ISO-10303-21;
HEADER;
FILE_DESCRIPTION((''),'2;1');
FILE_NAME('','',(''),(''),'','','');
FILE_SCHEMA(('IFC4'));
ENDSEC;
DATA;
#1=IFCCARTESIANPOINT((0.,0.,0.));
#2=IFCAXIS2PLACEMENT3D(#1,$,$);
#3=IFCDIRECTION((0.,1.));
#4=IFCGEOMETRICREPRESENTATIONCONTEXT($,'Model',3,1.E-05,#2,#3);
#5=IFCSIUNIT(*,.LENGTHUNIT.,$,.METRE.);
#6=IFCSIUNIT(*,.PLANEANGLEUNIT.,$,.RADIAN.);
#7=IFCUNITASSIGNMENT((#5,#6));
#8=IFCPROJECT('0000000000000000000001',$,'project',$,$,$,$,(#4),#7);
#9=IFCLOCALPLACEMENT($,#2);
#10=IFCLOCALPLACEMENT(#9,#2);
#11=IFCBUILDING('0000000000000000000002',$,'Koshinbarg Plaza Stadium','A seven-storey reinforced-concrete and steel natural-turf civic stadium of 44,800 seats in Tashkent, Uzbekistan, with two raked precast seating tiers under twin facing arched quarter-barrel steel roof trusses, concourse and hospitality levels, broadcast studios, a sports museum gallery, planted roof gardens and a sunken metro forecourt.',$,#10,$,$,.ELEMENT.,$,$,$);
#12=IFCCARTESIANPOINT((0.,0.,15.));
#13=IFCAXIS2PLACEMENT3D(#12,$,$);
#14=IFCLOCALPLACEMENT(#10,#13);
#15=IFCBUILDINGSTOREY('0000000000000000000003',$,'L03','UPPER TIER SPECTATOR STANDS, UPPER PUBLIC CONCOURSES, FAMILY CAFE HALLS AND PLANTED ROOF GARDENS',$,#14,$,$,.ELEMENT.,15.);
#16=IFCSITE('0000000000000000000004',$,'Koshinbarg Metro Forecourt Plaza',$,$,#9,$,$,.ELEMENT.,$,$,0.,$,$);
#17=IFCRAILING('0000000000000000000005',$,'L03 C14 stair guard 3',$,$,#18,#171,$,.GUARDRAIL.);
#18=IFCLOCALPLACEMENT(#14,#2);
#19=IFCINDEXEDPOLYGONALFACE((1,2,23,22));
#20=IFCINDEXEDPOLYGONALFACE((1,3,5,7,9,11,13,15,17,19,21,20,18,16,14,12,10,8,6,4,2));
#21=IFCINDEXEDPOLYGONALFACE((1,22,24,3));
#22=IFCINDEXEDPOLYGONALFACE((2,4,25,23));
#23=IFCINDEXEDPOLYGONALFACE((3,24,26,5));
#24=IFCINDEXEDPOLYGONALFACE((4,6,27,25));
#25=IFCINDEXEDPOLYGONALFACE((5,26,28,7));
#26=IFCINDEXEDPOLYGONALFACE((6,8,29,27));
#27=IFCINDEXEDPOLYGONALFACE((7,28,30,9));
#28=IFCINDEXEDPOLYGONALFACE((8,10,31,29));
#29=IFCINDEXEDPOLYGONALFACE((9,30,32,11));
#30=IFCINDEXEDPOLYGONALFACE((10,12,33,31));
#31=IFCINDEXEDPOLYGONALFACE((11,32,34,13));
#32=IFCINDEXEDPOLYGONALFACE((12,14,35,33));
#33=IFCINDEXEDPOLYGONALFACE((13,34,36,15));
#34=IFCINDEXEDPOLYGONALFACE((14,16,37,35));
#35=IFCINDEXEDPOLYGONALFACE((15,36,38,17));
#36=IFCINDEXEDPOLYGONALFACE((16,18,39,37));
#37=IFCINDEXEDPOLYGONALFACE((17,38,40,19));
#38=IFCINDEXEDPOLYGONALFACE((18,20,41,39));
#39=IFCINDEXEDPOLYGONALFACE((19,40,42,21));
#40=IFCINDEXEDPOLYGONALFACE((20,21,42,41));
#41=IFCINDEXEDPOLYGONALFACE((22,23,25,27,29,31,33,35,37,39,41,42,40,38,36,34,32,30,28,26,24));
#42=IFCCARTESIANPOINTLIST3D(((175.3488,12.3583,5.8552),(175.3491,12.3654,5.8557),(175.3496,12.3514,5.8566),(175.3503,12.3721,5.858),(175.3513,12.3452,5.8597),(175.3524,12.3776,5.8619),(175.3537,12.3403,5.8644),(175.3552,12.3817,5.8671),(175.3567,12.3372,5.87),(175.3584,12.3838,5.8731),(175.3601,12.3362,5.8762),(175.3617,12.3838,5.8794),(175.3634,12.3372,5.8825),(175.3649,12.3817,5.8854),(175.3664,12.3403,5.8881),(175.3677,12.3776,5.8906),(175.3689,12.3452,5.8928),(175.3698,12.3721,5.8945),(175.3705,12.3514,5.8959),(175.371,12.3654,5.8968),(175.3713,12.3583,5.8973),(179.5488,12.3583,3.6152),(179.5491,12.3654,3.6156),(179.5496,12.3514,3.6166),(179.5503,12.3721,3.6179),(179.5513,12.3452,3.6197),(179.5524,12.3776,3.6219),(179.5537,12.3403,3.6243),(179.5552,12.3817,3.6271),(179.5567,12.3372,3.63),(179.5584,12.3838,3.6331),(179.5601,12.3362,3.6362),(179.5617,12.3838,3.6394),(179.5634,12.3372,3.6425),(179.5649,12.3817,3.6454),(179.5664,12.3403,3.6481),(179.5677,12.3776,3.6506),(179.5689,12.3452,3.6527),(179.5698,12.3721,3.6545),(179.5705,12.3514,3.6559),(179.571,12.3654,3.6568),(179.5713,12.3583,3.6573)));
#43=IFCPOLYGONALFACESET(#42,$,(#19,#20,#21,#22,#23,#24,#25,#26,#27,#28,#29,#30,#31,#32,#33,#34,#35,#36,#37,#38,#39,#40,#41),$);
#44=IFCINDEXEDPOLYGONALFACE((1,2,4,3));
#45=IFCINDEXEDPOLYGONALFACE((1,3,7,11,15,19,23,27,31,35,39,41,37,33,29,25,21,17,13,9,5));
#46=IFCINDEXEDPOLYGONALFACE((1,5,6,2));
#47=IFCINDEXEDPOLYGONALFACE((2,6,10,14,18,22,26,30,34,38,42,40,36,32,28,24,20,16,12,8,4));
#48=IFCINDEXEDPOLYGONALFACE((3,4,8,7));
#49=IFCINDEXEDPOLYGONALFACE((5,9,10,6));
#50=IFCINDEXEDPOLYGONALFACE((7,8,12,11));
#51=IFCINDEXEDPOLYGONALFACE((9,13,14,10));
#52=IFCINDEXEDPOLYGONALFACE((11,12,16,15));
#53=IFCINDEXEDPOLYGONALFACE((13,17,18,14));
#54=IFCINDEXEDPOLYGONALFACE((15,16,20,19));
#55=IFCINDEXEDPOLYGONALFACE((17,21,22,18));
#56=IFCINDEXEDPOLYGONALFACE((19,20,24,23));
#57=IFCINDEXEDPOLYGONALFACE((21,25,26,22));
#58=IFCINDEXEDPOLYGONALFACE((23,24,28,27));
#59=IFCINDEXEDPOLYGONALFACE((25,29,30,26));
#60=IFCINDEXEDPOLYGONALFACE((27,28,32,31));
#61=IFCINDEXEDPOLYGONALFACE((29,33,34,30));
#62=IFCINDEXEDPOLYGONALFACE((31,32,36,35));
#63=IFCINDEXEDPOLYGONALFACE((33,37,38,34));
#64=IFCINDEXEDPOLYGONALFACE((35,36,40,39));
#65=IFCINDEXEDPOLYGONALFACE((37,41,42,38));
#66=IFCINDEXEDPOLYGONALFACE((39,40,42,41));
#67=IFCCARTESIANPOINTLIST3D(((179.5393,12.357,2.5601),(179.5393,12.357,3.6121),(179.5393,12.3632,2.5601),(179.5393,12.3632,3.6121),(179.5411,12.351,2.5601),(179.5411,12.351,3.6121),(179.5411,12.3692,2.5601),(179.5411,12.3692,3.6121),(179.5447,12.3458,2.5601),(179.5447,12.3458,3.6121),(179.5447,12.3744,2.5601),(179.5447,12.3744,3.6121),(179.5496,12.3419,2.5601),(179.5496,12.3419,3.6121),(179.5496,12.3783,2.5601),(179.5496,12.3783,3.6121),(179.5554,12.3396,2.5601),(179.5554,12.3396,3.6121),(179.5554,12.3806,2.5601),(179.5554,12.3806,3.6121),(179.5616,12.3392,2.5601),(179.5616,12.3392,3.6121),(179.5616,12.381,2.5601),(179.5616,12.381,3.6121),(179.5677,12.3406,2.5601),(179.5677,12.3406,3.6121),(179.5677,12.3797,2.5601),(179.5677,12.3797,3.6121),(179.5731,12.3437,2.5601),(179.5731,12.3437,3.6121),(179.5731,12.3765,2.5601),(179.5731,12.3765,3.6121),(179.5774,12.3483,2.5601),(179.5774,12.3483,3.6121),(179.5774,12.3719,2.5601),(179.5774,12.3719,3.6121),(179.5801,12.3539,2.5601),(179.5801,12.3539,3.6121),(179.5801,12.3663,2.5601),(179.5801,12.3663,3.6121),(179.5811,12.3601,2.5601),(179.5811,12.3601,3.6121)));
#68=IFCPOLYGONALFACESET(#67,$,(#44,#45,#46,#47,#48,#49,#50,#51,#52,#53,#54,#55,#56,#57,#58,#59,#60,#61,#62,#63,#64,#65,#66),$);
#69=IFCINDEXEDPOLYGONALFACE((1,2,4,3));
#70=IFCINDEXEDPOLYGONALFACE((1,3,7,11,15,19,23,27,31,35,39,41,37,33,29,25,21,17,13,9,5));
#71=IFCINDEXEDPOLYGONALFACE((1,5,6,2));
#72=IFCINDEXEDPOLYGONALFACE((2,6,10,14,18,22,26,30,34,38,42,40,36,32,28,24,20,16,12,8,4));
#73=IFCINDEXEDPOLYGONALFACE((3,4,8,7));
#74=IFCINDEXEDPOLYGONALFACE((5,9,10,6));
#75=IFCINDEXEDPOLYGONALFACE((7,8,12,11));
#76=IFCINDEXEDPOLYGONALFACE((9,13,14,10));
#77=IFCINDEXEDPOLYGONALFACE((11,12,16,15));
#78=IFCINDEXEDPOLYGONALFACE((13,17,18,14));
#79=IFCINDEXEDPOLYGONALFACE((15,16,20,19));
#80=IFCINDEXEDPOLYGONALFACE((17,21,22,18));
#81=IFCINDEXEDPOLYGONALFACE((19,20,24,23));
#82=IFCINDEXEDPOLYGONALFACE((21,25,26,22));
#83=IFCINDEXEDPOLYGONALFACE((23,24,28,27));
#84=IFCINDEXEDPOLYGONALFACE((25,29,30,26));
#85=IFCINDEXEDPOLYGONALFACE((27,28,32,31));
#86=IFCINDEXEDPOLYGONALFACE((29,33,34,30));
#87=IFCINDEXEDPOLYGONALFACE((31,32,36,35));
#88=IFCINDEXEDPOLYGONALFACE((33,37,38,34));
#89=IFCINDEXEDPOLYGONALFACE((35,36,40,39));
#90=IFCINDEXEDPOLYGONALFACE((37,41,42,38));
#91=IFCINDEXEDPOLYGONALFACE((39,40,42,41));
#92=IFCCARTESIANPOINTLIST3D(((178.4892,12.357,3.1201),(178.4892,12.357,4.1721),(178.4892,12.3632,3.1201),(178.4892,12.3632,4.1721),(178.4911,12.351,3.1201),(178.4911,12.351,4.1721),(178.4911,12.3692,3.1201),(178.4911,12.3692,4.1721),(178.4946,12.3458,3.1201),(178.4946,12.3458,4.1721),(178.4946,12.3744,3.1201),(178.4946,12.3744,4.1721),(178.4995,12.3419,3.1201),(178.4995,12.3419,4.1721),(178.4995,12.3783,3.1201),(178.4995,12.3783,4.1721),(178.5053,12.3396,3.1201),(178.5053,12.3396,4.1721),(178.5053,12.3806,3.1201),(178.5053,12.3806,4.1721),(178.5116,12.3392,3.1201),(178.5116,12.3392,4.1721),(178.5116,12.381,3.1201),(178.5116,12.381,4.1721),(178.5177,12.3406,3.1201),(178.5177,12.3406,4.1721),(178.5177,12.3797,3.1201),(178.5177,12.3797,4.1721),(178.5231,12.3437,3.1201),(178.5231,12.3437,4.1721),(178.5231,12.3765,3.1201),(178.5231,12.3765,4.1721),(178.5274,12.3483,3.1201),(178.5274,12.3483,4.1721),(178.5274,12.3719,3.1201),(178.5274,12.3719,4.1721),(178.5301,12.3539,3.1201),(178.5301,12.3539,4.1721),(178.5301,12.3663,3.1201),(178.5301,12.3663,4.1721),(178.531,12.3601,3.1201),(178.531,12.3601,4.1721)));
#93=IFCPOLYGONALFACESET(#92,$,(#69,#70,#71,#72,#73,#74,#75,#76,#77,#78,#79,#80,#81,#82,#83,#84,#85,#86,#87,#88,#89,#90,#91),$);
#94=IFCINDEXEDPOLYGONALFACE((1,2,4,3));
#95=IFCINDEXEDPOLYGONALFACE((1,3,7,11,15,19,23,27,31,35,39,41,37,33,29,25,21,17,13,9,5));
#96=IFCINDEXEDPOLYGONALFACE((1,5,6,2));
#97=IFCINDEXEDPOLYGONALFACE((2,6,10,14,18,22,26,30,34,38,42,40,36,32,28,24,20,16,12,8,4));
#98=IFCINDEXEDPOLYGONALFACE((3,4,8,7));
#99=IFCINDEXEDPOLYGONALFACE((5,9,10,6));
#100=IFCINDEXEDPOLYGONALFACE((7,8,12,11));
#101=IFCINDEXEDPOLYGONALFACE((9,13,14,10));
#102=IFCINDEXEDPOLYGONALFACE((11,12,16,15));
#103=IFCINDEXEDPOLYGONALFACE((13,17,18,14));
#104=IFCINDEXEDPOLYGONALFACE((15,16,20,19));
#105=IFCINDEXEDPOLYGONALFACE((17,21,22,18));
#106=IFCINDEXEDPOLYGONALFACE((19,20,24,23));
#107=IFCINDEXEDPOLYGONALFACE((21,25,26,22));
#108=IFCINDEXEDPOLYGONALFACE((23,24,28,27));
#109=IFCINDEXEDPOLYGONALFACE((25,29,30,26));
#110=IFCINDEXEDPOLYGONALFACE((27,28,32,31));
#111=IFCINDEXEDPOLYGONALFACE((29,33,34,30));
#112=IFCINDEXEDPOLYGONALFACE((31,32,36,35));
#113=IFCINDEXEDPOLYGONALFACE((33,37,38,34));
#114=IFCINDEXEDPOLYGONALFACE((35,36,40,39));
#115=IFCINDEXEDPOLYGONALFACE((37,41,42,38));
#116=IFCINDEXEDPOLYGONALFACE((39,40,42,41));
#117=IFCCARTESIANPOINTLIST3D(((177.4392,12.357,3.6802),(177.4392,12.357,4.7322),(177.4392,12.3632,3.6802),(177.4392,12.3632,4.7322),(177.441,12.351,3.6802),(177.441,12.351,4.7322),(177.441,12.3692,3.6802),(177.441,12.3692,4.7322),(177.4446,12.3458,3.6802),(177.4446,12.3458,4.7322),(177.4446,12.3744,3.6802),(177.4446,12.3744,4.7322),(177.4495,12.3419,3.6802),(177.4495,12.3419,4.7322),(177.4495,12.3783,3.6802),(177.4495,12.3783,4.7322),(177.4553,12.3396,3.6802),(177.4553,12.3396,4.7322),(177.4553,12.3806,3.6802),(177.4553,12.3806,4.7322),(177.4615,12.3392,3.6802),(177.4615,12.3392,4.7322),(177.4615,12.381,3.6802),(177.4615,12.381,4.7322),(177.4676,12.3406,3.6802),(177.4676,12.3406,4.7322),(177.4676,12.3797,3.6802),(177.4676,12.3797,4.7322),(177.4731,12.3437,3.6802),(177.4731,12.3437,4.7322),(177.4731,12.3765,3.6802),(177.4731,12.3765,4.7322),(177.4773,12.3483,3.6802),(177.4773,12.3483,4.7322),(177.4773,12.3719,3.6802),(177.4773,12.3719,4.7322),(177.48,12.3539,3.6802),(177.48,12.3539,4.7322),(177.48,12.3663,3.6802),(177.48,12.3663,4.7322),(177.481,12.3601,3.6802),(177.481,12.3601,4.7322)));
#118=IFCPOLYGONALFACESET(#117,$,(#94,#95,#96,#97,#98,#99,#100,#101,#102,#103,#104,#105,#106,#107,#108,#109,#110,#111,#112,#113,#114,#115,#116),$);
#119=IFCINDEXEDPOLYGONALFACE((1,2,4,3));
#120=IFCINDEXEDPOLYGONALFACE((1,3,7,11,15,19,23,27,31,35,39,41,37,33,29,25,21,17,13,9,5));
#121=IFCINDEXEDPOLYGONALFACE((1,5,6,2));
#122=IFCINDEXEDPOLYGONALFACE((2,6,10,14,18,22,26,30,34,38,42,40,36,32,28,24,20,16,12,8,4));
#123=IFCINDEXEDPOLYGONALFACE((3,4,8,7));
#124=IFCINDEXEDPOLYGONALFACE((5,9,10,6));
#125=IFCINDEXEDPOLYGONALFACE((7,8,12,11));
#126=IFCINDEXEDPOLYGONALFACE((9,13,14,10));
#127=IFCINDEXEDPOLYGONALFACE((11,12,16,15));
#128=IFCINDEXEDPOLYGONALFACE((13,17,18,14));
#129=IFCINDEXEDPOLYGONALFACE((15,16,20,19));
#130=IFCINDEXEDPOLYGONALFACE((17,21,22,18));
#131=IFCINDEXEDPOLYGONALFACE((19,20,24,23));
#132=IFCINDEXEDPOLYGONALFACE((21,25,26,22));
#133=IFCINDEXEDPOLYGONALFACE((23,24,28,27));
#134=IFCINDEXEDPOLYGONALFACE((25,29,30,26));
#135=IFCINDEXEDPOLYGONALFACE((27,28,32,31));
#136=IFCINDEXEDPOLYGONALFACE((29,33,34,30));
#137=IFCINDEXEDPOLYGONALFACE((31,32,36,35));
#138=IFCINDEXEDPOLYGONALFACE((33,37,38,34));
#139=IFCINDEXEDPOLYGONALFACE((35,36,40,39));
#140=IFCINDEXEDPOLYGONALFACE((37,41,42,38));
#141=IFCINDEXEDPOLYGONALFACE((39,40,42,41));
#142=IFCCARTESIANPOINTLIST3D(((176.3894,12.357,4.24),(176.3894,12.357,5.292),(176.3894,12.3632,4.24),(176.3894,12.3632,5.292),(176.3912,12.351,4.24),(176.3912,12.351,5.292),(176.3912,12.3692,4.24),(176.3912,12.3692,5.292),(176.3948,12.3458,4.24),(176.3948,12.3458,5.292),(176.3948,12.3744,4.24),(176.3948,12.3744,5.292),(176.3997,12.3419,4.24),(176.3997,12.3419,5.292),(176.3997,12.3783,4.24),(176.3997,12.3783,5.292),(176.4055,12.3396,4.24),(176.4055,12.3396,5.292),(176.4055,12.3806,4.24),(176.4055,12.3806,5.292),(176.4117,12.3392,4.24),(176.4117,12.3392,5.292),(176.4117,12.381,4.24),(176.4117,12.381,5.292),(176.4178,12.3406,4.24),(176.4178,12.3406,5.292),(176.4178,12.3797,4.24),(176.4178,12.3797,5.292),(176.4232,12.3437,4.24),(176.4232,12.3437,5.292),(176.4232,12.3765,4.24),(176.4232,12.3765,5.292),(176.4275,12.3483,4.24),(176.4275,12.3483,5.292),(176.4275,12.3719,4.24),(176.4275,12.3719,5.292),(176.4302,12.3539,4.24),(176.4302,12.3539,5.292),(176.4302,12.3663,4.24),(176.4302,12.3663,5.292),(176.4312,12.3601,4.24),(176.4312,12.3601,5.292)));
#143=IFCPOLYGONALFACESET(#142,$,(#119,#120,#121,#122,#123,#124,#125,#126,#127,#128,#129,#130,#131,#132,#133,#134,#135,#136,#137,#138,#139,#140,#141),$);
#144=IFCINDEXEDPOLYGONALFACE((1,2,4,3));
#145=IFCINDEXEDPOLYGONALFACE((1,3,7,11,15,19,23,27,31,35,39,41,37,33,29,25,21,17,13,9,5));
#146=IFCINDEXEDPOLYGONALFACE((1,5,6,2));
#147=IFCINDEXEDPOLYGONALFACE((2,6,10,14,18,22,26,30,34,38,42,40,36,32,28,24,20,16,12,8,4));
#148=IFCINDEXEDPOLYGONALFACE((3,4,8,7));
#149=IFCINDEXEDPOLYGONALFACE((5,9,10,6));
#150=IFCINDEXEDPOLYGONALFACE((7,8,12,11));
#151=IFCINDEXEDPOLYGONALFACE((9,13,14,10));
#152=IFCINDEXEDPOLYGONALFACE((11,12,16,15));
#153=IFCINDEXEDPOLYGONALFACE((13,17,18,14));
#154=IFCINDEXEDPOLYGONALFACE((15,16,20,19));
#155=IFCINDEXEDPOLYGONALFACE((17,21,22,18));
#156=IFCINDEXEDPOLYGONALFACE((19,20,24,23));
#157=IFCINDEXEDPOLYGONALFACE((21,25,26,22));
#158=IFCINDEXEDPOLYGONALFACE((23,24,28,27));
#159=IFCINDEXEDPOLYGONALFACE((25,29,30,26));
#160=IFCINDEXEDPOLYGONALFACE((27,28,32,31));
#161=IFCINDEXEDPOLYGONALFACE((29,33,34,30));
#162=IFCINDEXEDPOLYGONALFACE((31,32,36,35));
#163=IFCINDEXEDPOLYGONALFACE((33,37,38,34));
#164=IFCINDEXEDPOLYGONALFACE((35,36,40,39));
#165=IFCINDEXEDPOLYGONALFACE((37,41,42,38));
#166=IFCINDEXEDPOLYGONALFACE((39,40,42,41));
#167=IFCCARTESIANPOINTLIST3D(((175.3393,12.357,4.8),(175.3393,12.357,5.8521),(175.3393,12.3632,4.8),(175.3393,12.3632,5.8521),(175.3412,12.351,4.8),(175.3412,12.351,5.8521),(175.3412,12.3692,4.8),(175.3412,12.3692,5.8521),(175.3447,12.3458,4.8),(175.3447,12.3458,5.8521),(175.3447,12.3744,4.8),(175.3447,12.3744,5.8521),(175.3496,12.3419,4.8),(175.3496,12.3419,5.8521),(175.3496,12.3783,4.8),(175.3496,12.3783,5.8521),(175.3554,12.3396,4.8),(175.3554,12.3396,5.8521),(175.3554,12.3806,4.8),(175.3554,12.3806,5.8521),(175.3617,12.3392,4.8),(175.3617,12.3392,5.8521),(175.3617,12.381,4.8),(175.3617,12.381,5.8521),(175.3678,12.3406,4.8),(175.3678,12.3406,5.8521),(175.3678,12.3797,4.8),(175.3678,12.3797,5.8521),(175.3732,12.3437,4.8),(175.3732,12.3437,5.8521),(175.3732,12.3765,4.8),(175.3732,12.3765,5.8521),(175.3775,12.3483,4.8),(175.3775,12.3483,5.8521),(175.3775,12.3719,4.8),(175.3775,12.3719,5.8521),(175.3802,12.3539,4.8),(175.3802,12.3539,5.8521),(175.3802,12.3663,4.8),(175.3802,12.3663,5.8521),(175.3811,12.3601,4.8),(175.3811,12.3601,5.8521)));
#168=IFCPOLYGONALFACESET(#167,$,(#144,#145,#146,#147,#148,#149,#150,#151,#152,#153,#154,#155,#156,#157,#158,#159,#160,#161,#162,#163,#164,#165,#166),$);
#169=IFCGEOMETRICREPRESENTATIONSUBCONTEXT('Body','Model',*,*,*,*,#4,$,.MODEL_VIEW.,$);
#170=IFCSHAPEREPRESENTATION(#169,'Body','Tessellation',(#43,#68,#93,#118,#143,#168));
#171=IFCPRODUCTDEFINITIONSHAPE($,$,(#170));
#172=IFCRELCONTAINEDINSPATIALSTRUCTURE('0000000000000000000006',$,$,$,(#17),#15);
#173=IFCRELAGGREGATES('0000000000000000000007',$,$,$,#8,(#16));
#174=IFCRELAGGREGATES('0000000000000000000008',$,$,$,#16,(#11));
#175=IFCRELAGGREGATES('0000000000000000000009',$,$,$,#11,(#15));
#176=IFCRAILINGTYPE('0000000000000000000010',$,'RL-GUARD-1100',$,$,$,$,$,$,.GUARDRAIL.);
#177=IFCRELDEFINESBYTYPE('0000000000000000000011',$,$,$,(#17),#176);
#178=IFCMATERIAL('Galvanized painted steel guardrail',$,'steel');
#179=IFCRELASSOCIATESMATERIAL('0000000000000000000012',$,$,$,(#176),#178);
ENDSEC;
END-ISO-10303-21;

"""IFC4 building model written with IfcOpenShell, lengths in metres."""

from ifc_helpers import new_model, si_unit, direction, frame, origin, origin_2d, place, context, subcontext, project, spatial, circle, extrude, material, type_object, element, save


model = new_model("IFC4")

# Units and contexts
model_context = context("Model", 3, precision=1e-05, world=origin(), true_north=direction((0.0, 1.0)))
body_context = subcontext(model_context, "Body", "Model", "MODEL_VIEW")
ifc_project = project(units=[si_unit("LENGTHUNIT", "METRE"), si_unit("PLANEANGLEUNIT", "RADIAN")], contexts=[model_context])

# Site, building, storey
site_placement = place(None, origin())
site = spatial("IfcSite", under=ifc_project, at=site_placement, Name="Koshinbarg Metro Forecourt Plaza", CompositionType="ELEMENT", RefElevation=0.0)
building_placement = place(site_placement, origin())
building = spatial("IfcBuilding", under=site, at=building_placement, Name="Koshinbarg Plaza Stadium", Description="A seven-storey reinforced-concrete and steel natural-turf civic stadium of 44,800 seats in Tashkent, Uzbekistan, with two raked precast seating tiers under twin facing arched quarter-barrel steel roof trusses, concourse and hospitality levels, broadcast studios, a sports museum gallery, planted roof gardens and a sunken metro forecourt.", CompositionType="ELEMENT")
storey_placement = place(building_placement, frame((0.0, 0.0, 15.0)))
storey = spatial("IfcBuildingStorey", under=building, at=storey_placement, Name="L03", Description="UPPER TIER SPECTATOR STANDS, UPPER PUBLIC CONCOURSES, FAMILY CAFE HALLS AND PLANTED ROOF GARDENS", CompositionType="ELEMENT", Elevation=15.0)

# Railing
ifc_material_1 = material(Name="Galvanized painted steel guardrail", Category="steel")
railing_type_1 = type_object("IfcRailingType", Name="RL-GUARD-1100", PredefinedType="GUARDRAIL", material=ifc_material_1)
railing_1_placement = place(storey_placement, frame((179.5601, 12.3601, 2.5601)))
element("IfcRailing", 1, at=railing_1_placement, inside=storey, type_object=railing_type_1, Name="L03 C14 stair guard 3", PredefinedType="GUARDRAIL", context=body_context, shape_type="SweptSolid", body=[
    extrude(circle(Radius=0.0239, at=origin_2d()), frame((0.0, 0.0, 1.0762), z_axis=(-0.882352, 0.0, 0.470591), x_axis=(0.0, -1.0, 0.0)), (0.0, 0.0, 1.0), 4.76),
    extrude(circle(Radius=0.021, at=origin_2d()), origin(), (0.0, 0.0, 1.0), 1.052),
    extrude(circle(Radius=0.021, at=origin_2d()), frame((-1.05, 0.0, 0.5601)), (0.0, 0.0, 1.0), 1.052),
    extrude(circle(Radius=0.021, at=origin_2d()), frame((-2.1001, 0.0, 1.1201)), (0.0, 0.0, 1.0), 1.052),
    extrude(circle(Radius=0.021, at=origin_2d()), frame((-3.1499, 0.0, 1.6799)), (0.0, 0.0, 1.0), 1.052),
    extrude(circle(Radius=0.021, at=origin_2d()), frame((-4.2, 0.0, 2.24)), (0.0, 0.0, 1.0), 1.052),
])

save(model, "model.ifc")
